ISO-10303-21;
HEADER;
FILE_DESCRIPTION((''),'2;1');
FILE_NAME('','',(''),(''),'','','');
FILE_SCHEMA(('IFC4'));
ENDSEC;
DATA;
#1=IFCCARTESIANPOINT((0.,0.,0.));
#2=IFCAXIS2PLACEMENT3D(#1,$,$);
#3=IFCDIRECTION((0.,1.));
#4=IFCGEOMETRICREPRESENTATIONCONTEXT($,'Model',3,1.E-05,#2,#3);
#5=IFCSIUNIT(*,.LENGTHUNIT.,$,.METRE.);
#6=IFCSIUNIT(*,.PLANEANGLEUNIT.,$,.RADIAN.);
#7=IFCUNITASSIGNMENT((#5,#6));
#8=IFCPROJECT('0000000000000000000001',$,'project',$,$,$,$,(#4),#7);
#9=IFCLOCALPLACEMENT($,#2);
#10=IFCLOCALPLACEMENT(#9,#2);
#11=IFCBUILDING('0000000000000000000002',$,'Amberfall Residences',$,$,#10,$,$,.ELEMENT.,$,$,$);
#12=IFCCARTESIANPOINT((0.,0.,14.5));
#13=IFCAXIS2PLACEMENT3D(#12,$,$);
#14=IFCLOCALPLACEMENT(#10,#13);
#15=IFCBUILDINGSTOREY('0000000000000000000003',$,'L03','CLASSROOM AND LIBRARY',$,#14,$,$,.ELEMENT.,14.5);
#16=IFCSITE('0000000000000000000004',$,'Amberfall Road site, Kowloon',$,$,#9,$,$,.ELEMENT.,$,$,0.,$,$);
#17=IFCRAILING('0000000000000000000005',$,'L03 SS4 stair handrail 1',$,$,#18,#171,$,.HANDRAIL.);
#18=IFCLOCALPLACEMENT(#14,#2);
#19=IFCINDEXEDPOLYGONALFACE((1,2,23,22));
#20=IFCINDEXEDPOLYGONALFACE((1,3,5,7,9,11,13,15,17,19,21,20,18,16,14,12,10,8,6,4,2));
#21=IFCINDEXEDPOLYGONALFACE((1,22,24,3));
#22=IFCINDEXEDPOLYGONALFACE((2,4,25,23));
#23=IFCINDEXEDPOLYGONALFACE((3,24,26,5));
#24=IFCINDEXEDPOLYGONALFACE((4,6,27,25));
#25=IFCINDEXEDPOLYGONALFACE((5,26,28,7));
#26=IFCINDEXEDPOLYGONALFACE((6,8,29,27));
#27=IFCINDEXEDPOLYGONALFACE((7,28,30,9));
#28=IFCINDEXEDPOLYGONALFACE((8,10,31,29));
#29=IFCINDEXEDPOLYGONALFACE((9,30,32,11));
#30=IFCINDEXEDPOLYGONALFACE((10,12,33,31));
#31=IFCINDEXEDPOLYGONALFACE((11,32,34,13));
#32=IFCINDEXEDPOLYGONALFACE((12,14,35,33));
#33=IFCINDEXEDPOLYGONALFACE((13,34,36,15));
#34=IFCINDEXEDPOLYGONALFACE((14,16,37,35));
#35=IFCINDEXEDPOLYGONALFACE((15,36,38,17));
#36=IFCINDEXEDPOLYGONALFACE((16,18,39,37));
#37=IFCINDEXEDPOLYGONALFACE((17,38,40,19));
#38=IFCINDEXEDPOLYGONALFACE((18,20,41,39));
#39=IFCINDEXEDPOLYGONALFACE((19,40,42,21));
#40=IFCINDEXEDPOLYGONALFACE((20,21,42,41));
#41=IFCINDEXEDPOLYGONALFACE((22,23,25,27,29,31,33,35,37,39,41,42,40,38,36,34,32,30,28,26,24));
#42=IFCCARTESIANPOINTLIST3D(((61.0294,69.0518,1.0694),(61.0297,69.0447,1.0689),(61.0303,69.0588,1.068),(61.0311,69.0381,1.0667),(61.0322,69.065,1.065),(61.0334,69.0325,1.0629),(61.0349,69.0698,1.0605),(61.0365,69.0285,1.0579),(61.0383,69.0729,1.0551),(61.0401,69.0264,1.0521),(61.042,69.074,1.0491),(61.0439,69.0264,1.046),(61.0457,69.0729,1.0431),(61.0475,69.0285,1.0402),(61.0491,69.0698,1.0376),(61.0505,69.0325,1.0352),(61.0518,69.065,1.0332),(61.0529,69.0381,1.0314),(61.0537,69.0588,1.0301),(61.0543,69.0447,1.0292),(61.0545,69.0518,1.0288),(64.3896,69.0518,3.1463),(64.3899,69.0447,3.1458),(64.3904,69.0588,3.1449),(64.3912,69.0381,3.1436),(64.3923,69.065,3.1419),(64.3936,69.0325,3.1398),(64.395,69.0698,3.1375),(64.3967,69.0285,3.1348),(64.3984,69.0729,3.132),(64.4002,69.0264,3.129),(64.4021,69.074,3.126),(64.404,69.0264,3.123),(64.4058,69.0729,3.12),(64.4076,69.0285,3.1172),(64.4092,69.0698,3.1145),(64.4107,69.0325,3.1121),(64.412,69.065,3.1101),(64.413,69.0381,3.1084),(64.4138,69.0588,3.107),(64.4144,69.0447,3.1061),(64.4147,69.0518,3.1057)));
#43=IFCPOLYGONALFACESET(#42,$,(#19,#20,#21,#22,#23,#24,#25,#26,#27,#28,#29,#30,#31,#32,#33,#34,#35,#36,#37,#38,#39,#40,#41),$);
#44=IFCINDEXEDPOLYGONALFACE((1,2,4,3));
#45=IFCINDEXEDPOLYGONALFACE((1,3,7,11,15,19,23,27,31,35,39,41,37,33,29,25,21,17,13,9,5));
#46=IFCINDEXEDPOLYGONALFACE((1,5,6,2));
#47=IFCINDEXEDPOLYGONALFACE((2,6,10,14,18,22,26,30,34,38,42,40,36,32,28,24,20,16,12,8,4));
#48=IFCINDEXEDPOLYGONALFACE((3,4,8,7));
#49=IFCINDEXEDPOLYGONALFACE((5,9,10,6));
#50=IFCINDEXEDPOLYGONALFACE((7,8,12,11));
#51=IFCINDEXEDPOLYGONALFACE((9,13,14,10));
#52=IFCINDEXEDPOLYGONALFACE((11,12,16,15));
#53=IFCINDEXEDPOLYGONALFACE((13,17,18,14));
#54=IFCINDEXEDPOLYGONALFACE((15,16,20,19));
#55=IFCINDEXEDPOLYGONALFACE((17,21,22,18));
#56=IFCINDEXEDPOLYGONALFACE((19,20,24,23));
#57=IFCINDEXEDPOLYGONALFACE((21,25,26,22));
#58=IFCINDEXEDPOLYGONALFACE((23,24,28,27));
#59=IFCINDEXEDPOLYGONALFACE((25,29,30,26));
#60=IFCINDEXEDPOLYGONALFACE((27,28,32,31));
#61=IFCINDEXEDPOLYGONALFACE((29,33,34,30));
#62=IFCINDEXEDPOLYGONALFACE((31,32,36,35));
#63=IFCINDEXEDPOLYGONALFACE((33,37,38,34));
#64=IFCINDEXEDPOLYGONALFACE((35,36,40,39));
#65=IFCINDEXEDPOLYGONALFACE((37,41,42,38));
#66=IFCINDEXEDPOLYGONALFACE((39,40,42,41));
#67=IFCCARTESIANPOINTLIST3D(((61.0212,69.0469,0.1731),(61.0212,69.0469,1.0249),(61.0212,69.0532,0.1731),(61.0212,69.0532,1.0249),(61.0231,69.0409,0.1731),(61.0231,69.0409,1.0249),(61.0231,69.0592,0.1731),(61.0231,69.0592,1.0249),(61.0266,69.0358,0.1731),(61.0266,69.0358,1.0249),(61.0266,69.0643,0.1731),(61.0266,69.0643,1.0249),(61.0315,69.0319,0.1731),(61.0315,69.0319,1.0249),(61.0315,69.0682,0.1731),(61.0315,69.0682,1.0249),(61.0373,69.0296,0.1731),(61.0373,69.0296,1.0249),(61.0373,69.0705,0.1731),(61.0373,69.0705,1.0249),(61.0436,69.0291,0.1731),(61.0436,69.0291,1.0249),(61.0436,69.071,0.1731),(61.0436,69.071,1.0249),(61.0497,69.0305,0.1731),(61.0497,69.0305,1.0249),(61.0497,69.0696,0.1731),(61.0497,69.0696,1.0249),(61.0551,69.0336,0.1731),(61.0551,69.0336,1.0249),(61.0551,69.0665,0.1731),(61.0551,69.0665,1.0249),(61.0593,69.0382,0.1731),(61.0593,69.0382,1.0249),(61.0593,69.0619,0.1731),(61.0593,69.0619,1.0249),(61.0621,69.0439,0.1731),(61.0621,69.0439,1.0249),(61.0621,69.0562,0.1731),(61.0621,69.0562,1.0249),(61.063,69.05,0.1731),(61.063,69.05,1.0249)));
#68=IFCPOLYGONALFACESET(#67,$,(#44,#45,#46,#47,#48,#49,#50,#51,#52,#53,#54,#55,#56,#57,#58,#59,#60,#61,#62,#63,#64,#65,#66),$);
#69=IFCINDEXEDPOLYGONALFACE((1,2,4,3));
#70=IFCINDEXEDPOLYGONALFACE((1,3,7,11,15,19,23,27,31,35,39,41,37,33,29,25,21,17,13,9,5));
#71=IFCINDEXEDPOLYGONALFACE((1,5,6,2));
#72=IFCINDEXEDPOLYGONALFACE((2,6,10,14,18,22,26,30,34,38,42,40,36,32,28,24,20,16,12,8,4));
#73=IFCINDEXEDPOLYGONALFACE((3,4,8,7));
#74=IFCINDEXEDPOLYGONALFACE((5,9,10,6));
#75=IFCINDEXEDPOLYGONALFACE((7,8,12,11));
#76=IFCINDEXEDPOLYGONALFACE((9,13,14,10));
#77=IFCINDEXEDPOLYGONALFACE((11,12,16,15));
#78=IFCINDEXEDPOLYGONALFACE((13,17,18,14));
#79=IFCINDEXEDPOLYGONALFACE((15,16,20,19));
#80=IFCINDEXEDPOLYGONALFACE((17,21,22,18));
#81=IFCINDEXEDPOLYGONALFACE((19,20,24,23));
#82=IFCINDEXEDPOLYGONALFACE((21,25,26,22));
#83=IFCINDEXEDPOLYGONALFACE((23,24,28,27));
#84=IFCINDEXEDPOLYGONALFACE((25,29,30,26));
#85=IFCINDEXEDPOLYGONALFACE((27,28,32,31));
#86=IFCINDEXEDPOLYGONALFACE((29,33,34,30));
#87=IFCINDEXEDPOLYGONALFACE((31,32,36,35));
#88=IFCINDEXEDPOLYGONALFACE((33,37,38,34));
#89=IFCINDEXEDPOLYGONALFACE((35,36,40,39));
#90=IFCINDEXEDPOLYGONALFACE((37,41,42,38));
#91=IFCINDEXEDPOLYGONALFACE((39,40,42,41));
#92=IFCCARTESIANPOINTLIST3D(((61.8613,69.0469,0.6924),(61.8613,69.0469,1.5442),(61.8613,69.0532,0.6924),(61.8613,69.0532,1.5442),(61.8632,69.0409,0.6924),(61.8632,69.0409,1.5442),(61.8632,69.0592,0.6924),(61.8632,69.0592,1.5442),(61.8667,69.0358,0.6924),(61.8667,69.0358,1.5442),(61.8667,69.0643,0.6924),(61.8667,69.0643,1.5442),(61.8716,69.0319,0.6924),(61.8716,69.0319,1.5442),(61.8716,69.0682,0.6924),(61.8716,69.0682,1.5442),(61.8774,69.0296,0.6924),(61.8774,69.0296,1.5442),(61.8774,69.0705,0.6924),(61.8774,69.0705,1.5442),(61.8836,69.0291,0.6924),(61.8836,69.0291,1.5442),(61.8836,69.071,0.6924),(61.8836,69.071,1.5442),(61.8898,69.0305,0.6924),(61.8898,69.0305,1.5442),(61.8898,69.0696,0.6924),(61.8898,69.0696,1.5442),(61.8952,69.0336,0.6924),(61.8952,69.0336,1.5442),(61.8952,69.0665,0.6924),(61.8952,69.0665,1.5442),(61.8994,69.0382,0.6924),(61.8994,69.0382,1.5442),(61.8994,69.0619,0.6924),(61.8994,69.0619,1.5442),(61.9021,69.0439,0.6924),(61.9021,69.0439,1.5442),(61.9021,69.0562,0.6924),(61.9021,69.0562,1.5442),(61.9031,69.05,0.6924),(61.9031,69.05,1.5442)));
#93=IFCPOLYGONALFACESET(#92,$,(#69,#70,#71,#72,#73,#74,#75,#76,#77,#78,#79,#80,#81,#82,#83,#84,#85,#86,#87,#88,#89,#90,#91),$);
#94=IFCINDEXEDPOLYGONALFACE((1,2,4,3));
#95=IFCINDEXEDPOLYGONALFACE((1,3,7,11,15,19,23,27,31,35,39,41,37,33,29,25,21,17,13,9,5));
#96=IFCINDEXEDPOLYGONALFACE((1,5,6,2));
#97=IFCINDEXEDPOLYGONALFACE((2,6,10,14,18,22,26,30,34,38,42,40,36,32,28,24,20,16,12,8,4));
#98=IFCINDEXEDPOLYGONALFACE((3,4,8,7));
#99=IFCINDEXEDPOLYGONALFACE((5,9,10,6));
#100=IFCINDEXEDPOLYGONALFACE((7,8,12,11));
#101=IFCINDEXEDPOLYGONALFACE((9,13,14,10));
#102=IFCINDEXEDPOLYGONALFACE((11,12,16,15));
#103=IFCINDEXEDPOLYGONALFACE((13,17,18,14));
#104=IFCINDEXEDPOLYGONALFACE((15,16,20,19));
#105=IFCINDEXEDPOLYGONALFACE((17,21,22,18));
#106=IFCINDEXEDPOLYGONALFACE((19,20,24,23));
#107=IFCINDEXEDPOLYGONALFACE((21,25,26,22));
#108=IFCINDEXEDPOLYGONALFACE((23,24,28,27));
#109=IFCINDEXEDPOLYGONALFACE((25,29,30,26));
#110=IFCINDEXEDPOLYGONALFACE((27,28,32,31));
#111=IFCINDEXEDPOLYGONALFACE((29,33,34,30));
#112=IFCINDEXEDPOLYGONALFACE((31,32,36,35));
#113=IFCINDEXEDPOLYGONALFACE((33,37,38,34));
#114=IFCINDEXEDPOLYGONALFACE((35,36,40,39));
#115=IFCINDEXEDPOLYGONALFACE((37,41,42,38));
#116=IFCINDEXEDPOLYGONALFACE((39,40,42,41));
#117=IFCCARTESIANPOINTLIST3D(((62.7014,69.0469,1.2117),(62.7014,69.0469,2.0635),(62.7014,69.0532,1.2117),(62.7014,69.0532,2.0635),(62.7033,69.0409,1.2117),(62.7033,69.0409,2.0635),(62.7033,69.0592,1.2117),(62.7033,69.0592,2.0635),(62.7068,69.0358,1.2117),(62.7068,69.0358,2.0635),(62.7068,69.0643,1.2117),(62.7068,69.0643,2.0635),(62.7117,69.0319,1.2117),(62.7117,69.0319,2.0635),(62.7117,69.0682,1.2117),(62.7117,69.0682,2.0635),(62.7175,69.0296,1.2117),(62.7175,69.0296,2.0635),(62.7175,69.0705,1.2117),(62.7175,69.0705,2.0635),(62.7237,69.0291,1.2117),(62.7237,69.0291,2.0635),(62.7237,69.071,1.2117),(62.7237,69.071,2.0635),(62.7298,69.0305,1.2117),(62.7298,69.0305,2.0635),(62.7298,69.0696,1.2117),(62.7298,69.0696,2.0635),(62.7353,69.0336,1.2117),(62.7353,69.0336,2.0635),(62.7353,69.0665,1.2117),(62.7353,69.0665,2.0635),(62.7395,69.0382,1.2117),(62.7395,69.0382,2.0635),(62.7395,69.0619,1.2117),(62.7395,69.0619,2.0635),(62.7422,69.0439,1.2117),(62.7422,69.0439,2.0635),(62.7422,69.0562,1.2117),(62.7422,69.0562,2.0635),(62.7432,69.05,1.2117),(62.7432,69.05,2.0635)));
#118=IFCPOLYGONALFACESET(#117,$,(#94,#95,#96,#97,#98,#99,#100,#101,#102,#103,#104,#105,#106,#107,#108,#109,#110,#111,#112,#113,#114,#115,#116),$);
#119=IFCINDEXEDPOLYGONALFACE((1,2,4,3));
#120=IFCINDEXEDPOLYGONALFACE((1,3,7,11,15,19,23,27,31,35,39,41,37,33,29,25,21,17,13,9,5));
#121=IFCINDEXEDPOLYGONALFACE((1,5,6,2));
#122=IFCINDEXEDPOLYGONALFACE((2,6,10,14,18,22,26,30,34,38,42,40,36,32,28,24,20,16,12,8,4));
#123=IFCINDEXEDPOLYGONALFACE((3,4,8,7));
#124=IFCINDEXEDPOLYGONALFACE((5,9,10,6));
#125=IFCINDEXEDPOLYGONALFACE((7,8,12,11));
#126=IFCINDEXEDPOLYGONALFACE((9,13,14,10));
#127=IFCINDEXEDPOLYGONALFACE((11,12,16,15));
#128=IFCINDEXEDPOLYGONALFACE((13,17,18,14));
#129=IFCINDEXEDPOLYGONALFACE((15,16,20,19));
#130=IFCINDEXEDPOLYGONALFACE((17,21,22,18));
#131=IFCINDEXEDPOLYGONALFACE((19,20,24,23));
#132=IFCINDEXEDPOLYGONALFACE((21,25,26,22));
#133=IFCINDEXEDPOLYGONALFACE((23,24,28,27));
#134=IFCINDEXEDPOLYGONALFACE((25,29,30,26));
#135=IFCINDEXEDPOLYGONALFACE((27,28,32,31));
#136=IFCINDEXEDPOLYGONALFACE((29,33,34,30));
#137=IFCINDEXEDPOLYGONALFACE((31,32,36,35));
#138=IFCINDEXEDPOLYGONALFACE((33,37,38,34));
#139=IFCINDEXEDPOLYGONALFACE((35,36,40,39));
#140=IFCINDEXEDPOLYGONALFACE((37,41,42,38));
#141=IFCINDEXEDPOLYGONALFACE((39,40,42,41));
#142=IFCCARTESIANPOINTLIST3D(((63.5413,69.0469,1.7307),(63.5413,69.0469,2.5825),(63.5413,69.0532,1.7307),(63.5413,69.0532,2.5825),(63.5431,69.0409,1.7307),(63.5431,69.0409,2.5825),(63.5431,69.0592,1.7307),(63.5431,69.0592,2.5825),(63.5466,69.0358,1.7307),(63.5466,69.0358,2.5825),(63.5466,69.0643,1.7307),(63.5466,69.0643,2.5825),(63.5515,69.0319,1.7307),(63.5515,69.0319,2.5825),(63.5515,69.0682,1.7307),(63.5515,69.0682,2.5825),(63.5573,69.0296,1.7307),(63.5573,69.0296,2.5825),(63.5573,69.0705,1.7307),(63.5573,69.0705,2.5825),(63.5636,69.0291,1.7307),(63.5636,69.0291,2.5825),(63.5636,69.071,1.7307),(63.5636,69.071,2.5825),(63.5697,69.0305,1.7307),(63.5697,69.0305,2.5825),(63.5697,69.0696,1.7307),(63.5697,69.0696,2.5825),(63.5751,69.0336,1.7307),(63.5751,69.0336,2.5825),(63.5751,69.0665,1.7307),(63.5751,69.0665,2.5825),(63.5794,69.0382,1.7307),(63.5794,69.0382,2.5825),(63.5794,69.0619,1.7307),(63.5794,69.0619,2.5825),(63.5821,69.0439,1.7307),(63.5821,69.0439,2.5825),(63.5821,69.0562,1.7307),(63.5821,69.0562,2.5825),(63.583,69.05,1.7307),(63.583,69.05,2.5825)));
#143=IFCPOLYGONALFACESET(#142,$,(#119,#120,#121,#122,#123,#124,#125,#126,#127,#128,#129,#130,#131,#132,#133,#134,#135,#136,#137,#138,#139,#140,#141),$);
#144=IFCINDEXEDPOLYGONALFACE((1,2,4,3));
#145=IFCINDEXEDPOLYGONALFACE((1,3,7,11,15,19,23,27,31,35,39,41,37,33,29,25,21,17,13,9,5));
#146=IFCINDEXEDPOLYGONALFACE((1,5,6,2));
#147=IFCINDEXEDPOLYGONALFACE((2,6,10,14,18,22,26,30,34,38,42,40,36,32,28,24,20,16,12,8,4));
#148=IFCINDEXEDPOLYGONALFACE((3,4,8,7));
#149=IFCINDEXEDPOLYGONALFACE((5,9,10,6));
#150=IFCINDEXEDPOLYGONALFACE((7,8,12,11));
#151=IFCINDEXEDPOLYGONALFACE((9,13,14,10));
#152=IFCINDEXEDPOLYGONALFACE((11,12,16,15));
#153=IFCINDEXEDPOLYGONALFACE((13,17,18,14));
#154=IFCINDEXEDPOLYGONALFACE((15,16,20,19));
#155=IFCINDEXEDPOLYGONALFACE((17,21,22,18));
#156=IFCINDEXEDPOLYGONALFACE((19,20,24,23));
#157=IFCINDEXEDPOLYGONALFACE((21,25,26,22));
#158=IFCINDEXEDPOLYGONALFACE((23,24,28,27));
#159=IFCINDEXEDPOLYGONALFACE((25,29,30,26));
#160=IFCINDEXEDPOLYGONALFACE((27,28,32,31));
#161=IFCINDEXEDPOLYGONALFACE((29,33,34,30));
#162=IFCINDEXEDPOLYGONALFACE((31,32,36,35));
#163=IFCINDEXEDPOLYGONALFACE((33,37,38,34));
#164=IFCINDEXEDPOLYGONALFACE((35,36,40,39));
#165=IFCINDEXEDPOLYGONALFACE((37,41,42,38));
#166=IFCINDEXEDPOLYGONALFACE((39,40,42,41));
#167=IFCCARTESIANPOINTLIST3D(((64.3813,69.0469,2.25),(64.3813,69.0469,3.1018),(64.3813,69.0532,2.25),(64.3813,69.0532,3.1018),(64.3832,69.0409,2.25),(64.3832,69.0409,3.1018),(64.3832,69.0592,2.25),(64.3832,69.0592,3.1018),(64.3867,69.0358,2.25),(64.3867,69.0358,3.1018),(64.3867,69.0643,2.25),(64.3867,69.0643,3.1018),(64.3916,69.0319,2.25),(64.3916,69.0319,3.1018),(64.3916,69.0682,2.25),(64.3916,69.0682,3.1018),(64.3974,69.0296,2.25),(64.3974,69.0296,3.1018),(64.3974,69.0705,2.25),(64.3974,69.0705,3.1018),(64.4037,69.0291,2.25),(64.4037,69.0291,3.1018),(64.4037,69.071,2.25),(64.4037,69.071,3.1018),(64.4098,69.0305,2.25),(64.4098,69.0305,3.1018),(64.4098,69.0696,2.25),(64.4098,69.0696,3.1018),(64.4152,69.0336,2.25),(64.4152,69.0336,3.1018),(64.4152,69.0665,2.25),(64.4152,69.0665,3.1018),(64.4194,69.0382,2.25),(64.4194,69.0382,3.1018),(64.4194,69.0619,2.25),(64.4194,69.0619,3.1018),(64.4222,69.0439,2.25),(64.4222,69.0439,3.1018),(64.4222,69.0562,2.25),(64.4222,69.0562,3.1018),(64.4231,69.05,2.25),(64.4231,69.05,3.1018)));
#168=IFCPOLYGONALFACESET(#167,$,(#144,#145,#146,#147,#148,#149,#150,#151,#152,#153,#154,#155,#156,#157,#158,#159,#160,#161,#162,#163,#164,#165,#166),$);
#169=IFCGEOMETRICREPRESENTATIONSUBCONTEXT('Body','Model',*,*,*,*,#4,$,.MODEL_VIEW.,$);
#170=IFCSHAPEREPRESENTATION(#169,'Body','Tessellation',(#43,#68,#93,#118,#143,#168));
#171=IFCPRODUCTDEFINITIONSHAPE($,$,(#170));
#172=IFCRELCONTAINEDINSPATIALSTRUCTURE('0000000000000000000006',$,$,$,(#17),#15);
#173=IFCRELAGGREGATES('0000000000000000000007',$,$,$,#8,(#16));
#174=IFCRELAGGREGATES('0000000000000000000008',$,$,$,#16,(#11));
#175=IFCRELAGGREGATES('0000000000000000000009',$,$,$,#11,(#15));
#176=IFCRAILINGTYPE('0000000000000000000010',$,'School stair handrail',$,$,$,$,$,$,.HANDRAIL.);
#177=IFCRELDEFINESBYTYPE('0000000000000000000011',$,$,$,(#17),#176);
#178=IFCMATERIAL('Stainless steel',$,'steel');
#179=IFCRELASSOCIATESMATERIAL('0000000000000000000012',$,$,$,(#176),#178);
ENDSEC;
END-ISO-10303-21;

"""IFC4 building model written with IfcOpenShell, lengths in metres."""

from ifc_helpers import new_model, si_unit, direction, frame, origin, origin_2d, place, context, subcontext, project, spatial, circle, extrude, material, type_object, element, save


model = new_model("IFC4")

# Units and contexts
model_context = context("Model", 3, precision=1e-05, world=origin(), true_north=direction((0.0, 1.0)))
body_context = subcontext(model_context, "Body", "Model", "MODEL_VIEW")
ifc_project = project(units=[si_unit("LENGTHUNIT", "METRE"), si_unit("PLANEANGLEUNIT", "RADIAN")], contexts=[model_context])

# Site, building, storey
site_placement = place(None, origin())
site = spatial("IfcSite", under=ifc_project, at=site_placement, Name="Amberfall Road site, Kowloon", CompositionType="ELEMENT", RefElevation=0.0)
building_placement = place(site_placement, origin())
building = spatial("IfcBuilding", under=site, at=building_placement, Name="Amberfall Residences", CompositionType="ELEMENT")
storey_placement = place(building_placement, frame((0.0, 0.0, 14.5)))
storey = spatial("IfcBuildingStorey", under=building, at=storey_placement, Name="L03", Description="CLASSROOM AND LIBRARY", CompositionType="ELEMENT", Elevation=14.5)

# Railing
ifc_material_1 = material(Name="Stainless steel", Category="steel")
railing_type_1 = type_object("IfcRailingType", Name="School stair handrail", PredefinedType="HANDRAIL", material=ifc_material_1)
railing_1_placement = place(storey_placement, frame((61.042, 69.05, 0.1731)))
element("IfcRailing", 1, at=railing_1_placement, inside=storey, type_object=railing_type_1, Name="L03 SS4 stair handrail 1", PredefinedType="HANDRAIL", context=body_context, shape_type="SweptSolid", body=[
    extrude(circle(Radius=0.0239, at=origin_2d()), frame((0.0, 0.0, 0.876), z_axis=(0.850623, 0.0, 0.525776), x_axis=(0.0, 1.0, 0.0)), (0.0, 0.0, 1.0), 3.9502),
    extrude(circle(Radius=0.021, at=origin_2d()), origin(), (0.0, 0.0, 1.0), 0.8518),
    extrude(circle(Radius=0.021, at=origin_2d()), frame((0.8401, 0.0, 0.5193)), (0.0, 0.0, 1.0), 0.8518),
    extrude(circle(Radius=0.021, at=origin_2d()), frame((1.6802, 0.0, 1.0386)), (0.0, 0.0, 1.0), 0.8518),
    extrude(circle(Radius=0.021, at=origin_2d()), frame((2.52, 0.0, 1.5576)), (0.0, 0.0, 1.0), 0.8518),
    extrude(circle(Radius=0.021, at=origin_2d()), frame((3.3601, 0.0, 2.0769)), (0.0, 0.0, 1.0), 0.8518),
])

save(model, "model.ifc")
